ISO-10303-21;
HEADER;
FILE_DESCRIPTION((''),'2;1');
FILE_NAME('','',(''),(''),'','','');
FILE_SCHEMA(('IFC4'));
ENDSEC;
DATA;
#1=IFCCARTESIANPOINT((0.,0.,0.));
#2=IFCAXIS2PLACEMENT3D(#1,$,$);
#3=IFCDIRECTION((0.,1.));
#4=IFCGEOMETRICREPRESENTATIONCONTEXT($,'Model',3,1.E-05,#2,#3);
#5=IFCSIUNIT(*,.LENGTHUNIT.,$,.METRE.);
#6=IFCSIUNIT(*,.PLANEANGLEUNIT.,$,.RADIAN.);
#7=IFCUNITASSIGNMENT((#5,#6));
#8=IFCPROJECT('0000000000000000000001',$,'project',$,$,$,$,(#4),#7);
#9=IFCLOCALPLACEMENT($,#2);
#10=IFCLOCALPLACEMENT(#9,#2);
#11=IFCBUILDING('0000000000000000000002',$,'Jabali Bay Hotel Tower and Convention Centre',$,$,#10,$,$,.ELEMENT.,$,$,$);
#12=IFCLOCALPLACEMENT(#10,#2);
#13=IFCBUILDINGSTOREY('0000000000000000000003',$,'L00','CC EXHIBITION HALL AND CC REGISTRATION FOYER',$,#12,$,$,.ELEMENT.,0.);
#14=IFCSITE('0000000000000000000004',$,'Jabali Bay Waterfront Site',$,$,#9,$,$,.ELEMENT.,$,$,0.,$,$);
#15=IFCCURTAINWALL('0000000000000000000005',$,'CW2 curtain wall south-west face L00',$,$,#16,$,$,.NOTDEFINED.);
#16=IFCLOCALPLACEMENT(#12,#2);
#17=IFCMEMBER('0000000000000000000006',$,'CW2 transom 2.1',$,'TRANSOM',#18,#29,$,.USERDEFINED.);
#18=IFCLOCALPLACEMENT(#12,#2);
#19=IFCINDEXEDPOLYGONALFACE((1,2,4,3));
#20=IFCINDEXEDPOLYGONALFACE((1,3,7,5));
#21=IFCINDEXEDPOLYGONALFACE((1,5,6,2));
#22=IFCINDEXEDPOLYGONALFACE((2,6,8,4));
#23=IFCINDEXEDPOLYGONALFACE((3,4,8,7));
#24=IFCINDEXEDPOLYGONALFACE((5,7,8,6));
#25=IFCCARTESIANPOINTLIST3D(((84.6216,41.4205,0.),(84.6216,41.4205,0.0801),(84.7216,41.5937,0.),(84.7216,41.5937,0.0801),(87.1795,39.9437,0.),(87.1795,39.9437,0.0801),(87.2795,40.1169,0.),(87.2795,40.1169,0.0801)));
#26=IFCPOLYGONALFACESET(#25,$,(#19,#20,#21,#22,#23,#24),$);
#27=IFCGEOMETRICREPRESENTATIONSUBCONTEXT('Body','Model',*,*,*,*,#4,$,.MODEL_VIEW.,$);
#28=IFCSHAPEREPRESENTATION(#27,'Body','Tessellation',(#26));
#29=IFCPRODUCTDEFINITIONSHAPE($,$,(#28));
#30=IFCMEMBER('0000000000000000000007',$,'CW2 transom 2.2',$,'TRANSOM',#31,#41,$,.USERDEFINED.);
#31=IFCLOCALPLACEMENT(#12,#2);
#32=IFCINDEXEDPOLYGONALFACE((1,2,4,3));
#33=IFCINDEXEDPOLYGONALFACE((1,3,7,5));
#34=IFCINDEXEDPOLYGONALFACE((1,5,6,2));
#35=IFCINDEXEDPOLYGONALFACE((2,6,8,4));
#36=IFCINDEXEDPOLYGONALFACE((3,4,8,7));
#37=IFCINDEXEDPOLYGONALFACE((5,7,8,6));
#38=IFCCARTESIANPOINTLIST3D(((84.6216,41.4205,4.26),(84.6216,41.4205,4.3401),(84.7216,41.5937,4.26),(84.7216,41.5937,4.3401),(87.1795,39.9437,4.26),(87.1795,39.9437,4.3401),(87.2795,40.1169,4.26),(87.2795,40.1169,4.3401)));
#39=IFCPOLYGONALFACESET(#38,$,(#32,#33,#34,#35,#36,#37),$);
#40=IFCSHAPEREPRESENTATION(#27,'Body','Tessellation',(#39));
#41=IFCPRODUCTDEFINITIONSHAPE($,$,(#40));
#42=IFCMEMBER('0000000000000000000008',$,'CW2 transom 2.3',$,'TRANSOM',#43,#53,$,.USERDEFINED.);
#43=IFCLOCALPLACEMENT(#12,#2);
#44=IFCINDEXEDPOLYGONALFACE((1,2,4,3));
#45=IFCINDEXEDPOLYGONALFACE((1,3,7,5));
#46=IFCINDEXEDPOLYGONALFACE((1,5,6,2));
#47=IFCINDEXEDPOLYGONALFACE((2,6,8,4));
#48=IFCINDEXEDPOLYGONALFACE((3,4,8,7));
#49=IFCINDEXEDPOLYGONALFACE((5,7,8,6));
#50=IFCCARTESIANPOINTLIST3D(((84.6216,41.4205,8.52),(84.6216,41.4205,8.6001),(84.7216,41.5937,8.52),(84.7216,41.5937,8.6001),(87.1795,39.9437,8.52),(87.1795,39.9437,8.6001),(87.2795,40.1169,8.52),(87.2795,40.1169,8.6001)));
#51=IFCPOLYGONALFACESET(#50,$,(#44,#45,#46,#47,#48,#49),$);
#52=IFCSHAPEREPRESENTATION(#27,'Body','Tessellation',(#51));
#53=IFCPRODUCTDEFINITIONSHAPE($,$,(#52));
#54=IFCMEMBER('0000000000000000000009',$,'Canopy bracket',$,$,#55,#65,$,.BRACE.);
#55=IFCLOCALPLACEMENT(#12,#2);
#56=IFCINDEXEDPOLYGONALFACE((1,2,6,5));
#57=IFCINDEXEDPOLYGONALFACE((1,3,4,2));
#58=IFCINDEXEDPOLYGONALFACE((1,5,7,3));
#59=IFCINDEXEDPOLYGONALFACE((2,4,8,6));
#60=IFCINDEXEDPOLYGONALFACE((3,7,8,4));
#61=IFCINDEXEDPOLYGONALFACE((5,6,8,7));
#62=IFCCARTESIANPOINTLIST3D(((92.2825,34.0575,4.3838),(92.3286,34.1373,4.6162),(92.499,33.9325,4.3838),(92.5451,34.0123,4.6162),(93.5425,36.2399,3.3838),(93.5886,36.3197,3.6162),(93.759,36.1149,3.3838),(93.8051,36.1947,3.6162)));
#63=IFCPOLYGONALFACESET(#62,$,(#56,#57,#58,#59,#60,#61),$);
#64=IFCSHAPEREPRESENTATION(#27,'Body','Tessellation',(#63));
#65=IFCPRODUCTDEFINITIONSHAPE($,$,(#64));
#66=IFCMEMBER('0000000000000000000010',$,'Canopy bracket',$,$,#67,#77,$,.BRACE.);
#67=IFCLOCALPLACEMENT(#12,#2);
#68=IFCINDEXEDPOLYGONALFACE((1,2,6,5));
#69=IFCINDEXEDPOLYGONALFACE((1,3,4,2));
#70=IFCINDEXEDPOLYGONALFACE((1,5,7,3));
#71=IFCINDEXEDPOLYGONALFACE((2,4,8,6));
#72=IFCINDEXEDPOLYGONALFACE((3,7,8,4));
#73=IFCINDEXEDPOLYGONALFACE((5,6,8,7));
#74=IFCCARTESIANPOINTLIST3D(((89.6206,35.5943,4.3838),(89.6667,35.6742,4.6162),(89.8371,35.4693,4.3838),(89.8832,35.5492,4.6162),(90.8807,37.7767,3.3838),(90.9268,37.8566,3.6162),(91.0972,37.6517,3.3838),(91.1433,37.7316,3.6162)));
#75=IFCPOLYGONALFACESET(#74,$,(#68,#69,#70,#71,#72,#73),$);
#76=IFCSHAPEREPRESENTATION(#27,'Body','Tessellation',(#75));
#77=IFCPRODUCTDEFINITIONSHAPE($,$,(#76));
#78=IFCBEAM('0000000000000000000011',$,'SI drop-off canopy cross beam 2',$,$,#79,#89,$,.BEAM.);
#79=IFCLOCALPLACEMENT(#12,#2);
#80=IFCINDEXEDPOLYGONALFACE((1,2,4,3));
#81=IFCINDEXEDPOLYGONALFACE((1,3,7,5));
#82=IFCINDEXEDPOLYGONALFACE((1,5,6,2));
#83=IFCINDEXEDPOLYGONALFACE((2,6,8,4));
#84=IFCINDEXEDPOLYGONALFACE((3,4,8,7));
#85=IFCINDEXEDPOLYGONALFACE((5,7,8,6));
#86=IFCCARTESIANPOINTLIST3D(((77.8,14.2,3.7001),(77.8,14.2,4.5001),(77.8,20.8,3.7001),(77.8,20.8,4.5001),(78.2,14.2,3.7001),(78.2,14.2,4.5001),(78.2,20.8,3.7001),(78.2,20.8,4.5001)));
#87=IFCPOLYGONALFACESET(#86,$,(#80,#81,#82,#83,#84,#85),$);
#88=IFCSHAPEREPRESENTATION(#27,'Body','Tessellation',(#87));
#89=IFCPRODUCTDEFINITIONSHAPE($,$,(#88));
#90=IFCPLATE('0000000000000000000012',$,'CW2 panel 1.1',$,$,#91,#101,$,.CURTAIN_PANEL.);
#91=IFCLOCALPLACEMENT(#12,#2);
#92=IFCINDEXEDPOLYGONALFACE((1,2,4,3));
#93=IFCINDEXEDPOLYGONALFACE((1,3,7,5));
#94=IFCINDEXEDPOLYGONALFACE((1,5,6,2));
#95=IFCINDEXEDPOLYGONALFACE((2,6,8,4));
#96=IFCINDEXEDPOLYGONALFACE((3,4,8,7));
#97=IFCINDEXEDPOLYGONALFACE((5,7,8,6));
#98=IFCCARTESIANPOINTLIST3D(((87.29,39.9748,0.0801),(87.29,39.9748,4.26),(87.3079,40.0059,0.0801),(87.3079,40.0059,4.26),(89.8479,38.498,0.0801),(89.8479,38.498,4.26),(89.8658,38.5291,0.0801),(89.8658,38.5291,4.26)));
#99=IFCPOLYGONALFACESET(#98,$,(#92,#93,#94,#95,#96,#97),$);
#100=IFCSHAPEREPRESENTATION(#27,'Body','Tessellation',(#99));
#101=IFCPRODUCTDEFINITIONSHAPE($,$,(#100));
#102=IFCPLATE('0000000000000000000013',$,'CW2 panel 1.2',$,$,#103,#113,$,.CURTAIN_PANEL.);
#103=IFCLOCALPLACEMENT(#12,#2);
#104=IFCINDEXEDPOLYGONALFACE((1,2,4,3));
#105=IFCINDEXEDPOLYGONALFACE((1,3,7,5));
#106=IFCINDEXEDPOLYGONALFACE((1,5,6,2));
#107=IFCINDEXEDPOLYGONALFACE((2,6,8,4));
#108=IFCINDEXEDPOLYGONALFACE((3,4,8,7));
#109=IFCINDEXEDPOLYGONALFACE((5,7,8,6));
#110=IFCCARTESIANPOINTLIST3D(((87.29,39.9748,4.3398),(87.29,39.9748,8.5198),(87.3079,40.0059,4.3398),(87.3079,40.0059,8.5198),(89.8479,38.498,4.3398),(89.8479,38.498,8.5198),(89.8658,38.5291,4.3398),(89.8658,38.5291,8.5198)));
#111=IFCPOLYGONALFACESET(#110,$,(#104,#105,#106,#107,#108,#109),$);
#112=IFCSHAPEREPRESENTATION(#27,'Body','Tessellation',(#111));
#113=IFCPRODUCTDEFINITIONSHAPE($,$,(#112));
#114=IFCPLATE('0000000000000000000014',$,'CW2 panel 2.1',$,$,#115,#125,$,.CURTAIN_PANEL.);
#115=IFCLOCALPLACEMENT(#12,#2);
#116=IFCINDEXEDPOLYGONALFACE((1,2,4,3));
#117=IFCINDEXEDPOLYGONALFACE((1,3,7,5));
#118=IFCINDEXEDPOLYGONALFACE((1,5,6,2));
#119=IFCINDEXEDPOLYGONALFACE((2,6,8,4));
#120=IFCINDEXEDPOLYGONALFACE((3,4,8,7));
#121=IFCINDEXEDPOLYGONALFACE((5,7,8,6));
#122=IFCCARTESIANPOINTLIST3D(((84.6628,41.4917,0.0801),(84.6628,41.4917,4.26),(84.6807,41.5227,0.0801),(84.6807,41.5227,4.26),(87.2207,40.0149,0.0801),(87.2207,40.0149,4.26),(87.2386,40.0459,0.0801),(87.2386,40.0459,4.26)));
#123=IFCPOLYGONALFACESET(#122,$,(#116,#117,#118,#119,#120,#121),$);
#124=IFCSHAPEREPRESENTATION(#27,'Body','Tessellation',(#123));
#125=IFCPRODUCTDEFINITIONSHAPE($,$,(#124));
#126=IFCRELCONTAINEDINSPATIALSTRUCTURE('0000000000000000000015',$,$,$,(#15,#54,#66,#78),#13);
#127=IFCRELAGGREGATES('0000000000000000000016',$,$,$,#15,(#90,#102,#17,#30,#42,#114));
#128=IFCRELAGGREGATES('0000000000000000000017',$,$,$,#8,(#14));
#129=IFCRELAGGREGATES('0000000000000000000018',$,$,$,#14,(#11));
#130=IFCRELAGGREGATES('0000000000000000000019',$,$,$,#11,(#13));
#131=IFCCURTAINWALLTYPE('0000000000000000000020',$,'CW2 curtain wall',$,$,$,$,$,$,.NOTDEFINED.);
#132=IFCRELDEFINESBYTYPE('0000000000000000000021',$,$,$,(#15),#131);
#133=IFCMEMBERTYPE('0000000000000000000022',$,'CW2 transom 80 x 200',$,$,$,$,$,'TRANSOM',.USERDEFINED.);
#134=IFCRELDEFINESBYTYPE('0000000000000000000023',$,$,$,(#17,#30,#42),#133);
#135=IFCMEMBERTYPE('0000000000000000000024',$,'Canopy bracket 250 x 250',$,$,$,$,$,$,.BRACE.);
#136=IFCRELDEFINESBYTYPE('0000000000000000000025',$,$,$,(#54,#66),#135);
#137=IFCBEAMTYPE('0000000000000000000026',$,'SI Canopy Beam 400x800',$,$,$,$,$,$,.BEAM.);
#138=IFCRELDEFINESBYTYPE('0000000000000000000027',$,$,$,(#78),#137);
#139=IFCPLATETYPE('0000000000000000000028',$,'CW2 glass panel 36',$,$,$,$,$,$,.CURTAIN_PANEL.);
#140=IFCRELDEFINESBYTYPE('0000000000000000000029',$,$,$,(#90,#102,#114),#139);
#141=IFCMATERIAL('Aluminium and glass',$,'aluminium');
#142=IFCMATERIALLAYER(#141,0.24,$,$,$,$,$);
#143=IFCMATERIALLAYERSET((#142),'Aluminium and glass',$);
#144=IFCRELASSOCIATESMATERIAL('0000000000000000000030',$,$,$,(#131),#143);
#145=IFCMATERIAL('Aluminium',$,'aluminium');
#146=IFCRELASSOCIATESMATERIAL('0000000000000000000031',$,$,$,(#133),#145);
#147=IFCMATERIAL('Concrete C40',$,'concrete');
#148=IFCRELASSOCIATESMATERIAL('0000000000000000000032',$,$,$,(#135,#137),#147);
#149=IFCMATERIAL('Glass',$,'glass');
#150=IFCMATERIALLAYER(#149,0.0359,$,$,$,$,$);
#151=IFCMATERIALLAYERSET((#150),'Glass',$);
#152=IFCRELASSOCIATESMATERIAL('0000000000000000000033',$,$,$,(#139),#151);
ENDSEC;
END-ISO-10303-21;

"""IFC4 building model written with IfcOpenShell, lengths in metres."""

from ifc_helpers import new_model, si_unit, direction, frame, origin, origin_2d, place, context, subcontext, project, spatial, rectangle, extrude, material, layer, layer_set, material_profile, profile_set, type_object, element, aggregate, save


model = new_model("IFC4")

# Units and contexts
model_context = context("Model", 3, precision=1e-05, world=origin(), true_north=direction((0.0, 1.0)))
body_context = subcontext(model_context, "Body", "Model", "MODEL_VIEW")
ifc_project = project(units=[si_unit("LENGTHUNIT", "METRE"), si_unit("PLANEANGLEUNIT", "RADIAN")], contexts=[model_context])

# Site, building, storey
site_placement = place(None, origin())
site = spatial("IfcSite", under=ifc_project, at=site_placement, Name="Jabali Bay Waterfront Site", CompositionType="ELEMENT", RefElevation=0.0)
building_placement = place(site_placement, origin())
building = spatial("IfcBuilding", under=site, at=building_placement, Name="Jabali Bay Hotel Tower and Convention Centre", CompositionType="ELEMENT")
storey_placement = place(building_placement, origin())
storey = spatial("IfcBuildingStorey", under=building, at=storey_placement, Name="L00", Description="CC EXHIBITION HALL AND CC REGISTRATION FOYER", CompositionType="ELEMENT", Elevation=0.0)

# Curtain wall, members
ifc_material_1 = material(Name="Aluminium and glass", Category="aluminium")
ifc_layer_1 = layer(ifc_material_1, 0.24)
ifc_layer_set_1 = layer_set([ifc_layer_1], Name="Aluminium and glass")
curtain_wall_type = type_object("IfcCurtainWallType", Name="CW2 curtain wall", PredefinedType="NOTDEFINED", material=ifc_layer_set_1)
curtain_wall_placement = place(storey_placement, origin())
curtain_wall = element("IfcCurtainWall", 1, at=curtain_wall_placement, inside=storey, type_object=curtain_wall_type, Name="CW2 curtain wall south-west face L00", PredefinedType="NOTDEFINED")
ifc_material_2 = material(Name="Aluminium", Category="aluminium")
ifc_material_profile_1 = material_profile(ifc_material_2, rectangle(XDim=0.2, YDim=0.0801, at=origin_2d()), Name="CW2 transom 80 x 200")
ifc_profile_set_1 = profile_set([ifc_material_profile_1], Name="Aluminium")
member_type_1 = type_object("IfcMemberType", Name="CW2 transom 80 x 200", ElementType="TRANSOM", PredefinedType="USERDEFINED", material=ifc_profile_set_1)
member_1_placement = place(storey_placement, frame((87.2295, 40.0303, 0.04), z_axis=(-0.866022, 0.500006, 0.0), x_axis=(-0.500006, -0.866022, 0.0)))
member_1 = element("IfcMember", 2, at=member_1_placement, type_object=member_type_1, Name="CW2 transom 2.1", ObjectType="TRANSOM", PredefinedType="USERDEFINED", context=body_context, shape_type="SweptSolid", body=[
    extrude(rectangle(XDim=0.2, YDim=0.0801, at=origin_2d()), origin(), (0.0, 0.0, 1.0), 2.9536),
])
member_2_placement = place(storey_placement, frame((87.2295, 40.0303, 4.3), z_axis=(-0.866022, 0.500006, 0.0), x_axis=(-0.500006, -0.866022, 0.0)))
member_2 = element("IfcMember", 3, at=member_2_placement, type_object=member_type_1, Name="CW2 transom 2.2", ObjectType="TRANSOM", PredefinedType="USERDEFINED", context=body_context, shape_type="SweptSolid", body=[
    extrude(rectangle(XDim=0.2, YDim=0.0801, at=origin_2d()), origin(), (0.0, 0.0, 1.0), 2.9536),
])
member_3_placement = place(storey_placement, frame((87.2295, 40.0303, 8.5601), z_axis=(-0.866022, 0.500006, 0.0), x_axis=(-0.500006, -0.866022, 0.0)))
member_3 = element("IfcMember", 4, at=member_3_placement, type_object=member_type_1, Name="CW2 transom 2.3", ObjectType="TRANSOM", PredefinedType="USERDEFINED", context=body_context, shape_type="SweptSolid", body=[
    extrude(rectangle(XDim=0.2, YDim=0.0801, at=origin_2d()), origin(), (0.0, 0.0, 1.0), 2.9536),
])

# Members
ifc_material_3 = material(Name="Concrete C40", Category="concrete")
ifc_material_profile_2 = material_profile(ifc_material_3, rectangle(XDim=0.25, YDim=0.25, at=origin_2d()), Name="Canopy bracket 250 x 250")
ifc_profile_set_2 = profile_set([ifc_material_profile_2], Name="Concrete C40")
member_type_2 = type_object("IfcMemberType", Name="Canopy bracket 250 x 250", PredefinedType="BRACE", material=ifc_profile_set_2)
for number, where, z_axis, x_axis, name in (
    (5, (93.6738, 36.2173, 3.5), (-0.46475, -0.80496, 0.368846), (0.866023, -0.500005, 0.0), "Canopy bracket"),
    (6, (91.012, 37.7542, 3.5), (-0.46475, -0.80496, 0.368846), (0.866023, -0.500005, 0.0), "Canopy bracket"),
):
    element("IfcMember", number, at=place(storey_placement, frame(where, z_axis=z_axis, x_axis=x_axis)), inside=storey, type_object=member_type_2, Name=name, PredefinedType="BRACE", context=body_context, shape_type="SweptSolid", body=[
        extrude(rectangle(XDim=0.25, YDim=0.25, at=origin_2d()), origin(), (0.0, 0.0, 1.0), 2.7112),
    ])

# Beam
ifc_material_profile_3 = material_profile(ifc_material_3, rectangle(XDim=0.3999, YDim=0.8, at=origin_2d()), Name="RC 400x800")
ifc_profile_set_3 = profile_set([ifc_material_profile_3], Name="Concrete C40")
beam_type = type_object("IfcBeamType", Name="SI Canopy Beam 400x800", PredefinedType="BEAM", material=ifc_profile_set_3)
beam_placement = place(storey_placement, frame((78.0, 14.2, 4.1001), z_axis=(0.0, 1.0, 0.0), x_axis=(-1.0, 0.0, 0.0)))
element("IfcBeam", 7, at=beam_placement, inside=storey, type_object=beam_type, Name="SI drop-off canopy cross beam 2", PredefinedType="BEAM", context=body_context, shape_type="SweptSolid", body=[
    extrude(rectangle(XDim=0.3999, YDim=0.8, at=origin_2d()), origin(), (0.0, 0.0, 1.0), 6.6001),
])

# Plates
ifc_material_4 = material(Name="Glass", Category="glass")
ifc_layer_2 = layer(ifc_material_4, 0.0359)
ifc_layer_set_2 = layer_set([ifc_layer_2], Name="Glass")
plate_type = type_object("IfcPlateType", Name="CW2 glass panel 36", PredefinedType="CURTAIN_PANEL", material=ifc_layer_set_2)
plate_1_placement = place(storey_placement, frame((88.5779, 39.252, 0.0801), z_axis=(0.0, 0.0, 1.0), x_axis=(-0.866025, 0.5, 0.0)))
plate_1 = element("IfcPlate", 8, at=plate_1_placement, type_object=plate_type, Name="CW2 panel 1.1", PredefinedType="CURTAIN_PANEL", context=body_context, shape_type="SweptSolid", body=[
    extrude(rectangle(XDim=2.9536, YDim=0.0359, at=origin_2d()), origin(), (0.0, 0.0, 1.0), 4.1799),
])
plate_2_placement = place(storey_placement, frame((88.5779, 39.252, 4.3398), z_axis=(0.0, 0.0, 1.0), x_axis=(-0.866025, 0.5, 0.0)))
plate_2 = element("IfcPlate", 9, at=plate_2_placement, type_object=plate_type, Name="CW2 panel 1.2", PredefinedType="CURTAIN_PANEL", context=body_context, shape_type="SweptSolid", body=[
    extrude(rectangle(XDim=2.9536, YDim=0.0359, at=origin_2d()), origin(), (0.0, 0.0, 1.0), 4.1799),
])
plate_3_placement = place(storey_placement, frame((85.9507, 40.7688, 0.0801), z_axis=(0.0, 0.0, 1.0), x_axis=(-0.866025, 0.5, 0.0)))
plate_3 = element("IfcPlate", 10, at=plate_3_placement, type_object=plate_type, Name="CW2 panel 2.1", PredefinedType="CURTAIN_PANEL", context=body_context, shape_type="SweptSolid", body=[
    extrude(rectangle(XDim=2.9536, YDim=0.0359, at=origin_2d()), origin(), (0.0, 0.0, 1.0), 4.1799),
])
aggregate(curtain_wall, [plate_1, plate_2, member_1, member_2, member_3, plate_3])

save(model, "model.ifc")
